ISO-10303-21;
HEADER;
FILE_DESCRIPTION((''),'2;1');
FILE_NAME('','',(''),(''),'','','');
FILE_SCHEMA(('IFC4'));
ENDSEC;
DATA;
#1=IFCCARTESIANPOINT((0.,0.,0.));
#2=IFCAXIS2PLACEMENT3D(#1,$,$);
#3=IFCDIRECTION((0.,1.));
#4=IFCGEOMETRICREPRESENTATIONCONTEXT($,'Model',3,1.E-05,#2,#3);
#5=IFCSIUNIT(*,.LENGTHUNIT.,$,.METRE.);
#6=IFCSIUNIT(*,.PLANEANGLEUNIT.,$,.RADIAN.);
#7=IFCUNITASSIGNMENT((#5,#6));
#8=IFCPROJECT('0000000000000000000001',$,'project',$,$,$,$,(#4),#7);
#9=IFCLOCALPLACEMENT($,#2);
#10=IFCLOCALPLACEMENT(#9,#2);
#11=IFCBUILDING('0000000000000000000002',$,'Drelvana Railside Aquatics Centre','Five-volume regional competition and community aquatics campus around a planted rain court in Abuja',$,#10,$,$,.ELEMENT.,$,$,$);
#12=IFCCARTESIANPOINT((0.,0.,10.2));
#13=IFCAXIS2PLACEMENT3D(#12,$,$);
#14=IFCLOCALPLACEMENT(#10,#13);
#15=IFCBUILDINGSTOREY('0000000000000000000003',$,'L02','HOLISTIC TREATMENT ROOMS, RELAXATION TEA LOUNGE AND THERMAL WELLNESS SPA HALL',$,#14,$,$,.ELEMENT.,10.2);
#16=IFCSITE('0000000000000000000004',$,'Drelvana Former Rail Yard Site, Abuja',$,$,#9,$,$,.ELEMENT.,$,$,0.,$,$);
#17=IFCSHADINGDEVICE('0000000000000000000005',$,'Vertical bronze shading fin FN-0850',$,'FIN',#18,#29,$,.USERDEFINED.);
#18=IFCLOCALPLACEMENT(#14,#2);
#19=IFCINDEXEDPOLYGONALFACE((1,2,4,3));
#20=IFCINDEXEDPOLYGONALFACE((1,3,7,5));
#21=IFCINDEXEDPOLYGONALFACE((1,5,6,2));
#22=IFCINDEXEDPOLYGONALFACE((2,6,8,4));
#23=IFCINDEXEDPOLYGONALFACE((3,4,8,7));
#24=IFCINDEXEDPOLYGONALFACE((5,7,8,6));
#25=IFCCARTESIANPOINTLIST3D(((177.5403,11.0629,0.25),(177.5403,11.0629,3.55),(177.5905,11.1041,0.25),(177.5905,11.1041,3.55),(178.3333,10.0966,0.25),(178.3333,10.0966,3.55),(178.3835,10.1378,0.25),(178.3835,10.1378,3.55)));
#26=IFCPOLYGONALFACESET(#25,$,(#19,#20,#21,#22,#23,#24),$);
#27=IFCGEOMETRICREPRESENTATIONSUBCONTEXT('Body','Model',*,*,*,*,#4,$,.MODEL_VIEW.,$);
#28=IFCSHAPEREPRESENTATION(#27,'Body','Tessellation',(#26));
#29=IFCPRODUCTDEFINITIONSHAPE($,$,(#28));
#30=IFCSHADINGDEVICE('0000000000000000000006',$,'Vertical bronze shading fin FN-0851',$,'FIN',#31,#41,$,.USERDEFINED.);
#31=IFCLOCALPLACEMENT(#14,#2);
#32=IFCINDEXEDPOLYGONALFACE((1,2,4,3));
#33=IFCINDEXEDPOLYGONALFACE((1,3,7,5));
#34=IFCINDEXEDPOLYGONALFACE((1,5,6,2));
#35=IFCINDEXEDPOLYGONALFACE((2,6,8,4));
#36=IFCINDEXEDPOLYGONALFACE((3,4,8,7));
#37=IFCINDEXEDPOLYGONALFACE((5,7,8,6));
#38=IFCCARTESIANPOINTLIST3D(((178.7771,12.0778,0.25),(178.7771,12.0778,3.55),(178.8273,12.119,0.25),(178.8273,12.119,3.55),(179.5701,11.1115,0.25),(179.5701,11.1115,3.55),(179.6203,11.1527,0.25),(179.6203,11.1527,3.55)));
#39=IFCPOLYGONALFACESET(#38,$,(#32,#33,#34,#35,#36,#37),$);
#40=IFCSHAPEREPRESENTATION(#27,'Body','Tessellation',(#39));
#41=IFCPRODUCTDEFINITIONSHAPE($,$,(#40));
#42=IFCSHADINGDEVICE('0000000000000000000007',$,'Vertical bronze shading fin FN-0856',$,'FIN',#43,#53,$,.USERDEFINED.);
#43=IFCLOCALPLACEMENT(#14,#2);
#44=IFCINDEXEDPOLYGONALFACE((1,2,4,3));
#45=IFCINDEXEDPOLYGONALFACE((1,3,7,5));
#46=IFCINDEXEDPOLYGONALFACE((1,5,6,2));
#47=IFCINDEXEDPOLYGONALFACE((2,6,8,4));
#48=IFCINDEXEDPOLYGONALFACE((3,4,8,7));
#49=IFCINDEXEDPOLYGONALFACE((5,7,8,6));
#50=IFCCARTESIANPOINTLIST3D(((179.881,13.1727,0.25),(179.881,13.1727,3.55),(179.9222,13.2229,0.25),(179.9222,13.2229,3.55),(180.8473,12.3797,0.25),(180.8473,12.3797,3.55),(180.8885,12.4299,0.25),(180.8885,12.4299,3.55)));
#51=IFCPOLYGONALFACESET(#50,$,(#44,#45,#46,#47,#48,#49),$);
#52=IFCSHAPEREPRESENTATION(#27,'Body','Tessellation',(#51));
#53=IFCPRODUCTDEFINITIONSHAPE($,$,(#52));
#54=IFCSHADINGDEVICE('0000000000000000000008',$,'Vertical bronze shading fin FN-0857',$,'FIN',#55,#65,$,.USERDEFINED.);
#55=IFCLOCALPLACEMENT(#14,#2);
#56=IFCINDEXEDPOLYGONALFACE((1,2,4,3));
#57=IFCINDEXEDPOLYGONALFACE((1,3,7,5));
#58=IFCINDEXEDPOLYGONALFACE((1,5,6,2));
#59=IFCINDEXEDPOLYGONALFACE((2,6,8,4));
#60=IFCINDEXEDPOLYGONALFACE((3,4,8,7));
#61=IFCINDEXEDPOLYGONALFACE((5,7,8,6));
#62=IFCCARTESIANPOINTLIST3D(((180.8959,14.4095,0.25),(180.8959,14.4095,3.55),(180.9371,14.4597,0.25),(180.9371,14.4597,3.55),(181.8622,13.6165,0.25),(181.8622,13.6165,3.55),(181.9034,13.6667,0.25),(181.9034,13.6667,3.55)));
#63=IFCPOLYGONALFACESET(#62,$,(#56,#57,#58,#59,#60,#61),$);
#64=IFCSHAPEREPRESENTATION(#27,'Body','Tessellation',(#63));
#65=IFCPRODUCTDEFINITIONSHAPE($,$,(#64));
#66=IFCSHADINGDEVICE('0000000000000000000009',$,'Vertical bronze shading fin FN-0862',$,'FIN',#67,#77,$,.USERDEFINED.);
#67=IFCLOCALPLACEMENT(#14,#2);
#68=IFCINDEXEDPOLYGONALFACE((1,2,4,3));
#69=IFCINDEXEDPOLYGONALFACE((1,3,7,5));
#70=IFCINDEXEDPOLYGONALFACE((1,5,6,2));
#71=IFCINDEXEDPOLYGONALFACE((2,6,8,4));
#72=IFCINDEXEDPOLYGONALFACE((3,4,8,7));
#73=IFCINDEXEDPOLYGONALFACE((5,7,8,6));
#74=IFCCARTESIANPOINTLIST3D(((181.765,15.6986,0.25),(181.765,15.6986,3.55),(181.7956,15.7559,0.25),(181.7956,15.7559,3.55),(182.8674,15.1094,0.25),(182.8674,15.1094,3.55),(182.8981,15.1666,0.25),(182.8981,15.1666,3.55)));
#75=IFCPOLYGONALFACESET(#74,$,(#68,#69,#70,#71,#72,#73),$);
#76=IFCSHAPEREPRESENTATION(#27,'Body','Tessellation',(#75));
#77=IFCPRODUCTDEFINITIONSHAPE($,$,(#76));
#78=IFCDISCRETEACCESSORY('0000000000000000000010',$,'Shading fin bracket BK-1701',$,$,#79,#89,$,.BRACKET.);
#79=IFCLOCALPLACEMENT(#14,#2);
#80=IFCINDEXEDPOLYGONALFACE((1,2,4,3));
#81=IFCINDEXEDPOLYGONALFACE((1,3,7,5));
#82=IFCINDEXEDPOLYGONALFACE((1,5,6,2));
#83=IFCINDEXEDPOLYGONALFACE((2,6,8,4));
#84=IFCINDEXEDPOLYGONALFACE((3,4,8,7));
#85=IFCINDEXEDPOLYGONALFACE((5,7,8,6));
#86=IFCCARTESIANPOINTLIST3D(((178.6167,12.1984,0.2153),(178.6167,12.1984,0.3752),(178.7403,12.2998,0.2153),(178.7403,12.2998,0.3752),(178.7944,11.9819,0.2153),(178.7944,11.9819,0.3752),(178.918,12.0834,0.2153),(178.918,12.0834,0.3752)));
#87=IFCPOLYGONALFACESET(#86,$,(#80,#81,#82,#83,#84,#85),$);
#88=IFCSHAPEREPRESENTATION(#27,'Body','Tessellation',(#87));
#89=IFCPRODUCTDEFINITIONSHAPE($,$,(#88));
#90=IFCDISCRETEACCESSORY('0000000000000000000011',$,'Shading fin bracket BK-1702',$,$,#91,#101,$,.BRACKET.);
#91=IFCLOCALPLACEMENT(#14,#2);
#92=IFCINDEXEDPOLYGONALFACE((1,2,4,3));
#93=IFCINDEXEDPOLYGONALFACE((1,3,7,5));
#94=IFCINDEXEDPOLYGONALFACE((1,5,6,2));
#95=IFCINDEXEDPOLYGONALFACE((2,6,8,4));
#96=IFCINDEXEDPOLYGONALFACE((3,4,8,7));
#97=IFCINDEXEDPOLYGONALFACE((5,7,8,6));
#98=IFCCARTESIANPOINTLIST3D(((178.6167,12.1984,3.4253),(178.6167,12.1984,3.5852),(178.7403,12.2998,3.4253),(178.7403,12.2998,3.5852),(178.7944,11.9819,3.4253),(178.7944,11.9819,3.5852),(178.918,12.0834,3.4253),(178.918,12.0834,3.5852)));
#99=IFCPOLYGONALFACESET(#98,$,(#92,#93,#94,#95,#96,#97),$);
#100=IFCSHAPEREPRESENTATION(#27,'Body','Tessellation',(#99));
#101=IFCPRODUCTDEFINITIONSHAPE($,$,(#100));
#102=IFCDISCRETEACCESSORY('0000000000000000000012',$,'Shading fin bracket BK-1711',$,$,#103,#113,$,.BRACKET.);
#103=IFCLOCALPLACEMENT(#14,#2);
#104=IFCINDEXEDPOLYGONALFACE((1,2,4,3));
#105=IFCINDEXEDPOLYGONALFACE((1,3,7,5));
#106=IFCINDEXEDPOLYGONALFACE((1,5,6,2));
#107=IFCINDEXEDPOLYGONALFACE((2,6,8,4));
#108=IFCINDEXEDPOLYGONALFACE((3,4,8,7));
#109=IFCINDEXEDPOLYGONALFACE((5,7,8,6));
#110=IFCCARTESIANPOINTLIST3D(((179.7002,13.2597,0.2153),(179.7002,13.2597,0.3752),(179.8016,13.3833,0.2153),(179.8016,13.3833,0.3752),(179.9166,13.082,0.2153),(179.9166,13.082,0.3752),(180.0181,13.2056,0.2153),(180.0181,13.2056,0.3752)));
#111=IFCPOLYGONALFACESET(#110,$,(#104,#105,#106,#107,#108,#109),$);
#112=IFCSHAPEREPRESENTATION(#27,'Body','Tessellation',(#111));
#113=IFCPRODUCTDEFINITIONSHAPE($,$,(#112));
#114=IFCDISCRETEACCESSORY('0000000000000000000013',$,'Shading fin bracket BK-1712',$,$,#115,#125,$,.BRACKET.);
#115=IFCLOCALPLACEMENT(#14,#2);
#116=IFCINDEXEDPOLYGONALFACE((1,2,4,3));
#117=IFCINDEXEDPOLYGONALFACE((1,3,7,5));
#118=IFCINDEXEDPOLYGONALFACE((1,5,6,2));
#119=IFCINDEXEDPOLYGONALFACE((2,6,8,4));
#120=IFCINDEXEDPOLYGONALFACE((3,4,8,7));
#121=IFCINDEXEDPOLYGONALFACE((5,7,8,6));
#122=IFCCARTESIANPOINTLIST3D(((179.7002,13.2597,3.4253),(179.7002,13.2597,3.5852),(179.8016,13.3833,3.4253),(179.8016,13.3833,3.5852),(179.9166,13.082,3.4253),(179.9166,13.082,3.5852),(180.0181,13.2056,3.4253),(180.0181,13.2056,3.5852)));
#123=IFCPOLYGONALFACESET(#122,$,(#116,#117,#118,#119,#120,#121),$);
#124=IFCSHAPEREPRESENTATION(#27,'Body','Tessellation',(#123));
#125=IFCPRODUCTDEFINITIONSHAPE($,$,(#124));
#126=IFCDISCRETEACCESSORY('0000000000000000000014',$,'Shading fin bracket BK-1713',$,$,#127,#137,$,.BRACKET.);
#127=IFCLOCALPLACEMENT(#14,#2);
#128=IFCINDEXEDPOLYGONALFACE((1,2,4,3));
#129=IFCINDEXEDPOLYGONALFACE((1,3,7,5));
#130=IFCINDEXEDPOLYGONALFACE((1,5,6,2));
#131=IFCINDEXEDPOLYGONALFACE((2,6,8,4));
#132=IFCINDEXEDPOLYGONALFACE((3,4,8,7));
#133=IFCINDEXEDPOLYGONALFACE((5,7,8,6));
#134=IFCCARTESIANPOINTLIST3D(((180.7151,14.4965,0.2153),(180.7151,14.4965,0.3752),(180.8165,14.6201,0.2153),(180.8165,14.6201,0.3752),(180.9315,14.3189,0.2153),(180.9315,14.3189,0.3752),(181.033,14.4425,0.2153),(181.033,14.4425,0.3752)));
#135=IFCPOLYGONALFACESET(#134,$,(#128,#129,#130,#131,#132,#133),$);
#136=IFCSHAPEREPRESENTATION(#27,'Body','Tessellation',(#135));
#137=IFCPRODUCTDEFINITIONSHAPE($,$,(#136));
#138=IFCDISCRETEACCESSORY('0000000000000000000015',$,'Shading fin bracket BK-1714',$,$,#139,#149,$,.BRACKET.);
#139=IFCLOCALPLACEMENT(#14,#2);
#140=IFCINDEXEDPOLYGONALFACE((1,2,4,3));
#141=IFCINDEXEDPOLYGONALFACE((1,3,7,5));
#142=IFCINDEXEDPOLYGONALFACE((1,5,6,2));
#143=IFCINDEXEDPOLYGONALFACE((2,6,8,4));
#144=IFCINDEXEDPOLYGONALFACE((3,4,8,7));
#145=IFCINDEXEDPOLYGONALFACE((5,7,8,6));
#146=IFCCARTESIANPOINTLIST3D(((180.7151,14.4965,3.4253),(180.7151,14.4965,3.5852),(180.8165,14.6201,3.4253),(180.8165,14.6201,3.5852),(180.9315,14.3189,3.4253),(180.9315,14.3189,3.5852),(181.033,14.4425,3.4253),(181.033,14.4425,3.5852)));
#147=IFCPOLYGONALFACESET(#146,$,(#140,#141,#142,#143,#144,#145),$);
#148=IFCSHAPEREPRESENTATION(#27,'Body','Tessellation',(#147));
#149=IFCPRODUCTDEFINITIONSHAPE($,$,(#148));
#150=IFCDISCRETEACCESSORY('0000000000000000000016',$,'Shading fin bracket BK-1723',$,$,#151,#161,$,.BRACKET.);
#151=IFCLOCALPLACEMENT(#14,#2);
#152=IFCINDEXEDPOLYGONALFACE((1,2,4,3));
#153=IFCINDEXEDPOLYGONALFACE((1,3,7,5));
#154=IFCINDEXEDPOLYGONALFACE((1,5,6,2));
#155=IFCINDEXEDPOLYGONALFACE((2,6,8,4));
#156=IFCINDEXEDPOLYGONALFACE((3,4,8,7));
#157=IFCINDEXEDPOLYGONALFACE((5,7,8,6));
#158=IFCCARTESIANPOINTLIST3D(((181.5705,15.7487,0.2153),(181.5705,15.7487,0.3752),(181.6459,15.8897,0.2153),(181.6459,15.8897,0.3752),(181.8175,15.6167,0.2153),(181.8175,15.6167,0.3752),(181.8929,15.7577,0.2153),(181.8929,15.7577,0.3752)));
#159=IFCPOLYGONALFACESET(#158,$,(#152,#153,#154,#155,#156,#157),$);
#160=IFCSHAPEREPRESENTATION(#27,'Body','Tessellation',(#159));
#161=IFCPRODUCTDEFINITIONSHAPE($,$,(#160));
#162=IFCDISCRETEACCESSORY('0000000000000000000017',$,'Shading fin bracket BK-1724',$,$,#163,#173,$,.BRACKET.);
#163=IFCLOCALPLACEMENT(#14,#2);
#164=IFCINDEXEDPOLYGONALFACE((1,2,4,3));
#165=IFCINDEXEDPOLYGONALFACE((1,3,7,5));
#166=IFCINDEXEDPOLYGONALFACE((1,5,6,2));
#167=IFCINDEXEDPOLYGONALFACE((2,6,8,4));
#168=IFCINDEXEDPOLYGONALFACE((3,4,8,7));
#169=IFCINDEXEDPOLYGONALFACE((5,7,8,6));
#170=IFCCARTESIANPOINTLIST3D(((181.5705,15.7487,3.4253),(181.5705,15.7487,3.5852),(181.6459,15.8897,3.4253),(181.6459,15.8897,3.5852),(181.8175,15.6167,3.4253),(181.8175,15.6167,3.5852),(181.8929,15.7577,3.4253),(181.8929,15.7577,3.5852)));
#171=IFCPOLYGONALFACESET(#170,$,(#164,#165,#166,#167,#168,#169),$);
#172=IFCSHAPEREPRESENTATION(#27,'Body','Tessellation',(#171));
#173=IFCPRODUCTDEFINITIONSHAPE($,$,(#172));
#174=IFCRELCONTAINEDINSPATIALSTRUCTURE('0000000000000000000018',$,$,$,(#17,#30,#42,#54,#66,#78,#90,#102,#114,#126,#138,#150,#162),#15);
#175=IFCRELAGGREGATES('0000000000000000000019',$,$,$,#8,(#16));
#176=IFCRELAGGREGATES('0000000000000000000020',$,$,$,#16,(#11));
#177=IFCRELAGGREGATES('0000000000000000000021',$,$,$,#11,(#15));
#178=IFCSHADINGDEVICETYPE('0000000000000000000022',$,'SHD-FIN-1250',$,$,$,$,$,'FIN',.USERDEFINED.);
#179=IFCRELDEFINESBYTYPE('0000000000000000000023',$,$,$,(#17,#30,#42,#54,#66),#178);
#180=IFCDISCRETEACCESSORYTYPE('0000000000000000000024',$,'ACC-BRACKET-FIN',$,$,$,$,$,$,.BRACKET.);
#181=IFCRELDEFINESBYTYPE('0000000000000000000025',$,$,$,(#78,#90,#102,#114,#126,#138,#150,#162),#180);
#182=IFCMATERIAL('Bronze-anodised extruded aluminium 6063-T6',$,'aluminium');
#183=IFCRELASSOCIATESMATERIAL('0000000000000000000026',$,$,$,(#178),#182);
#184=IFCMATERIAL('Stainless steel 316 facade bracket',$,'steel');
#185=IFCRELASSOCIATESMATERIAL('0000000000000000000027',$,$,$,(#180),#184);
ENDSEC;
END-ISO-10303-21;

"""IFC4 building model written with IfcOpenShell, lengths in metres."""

from ifc_helpers import new_model, si_unit, direction, frame, origin, origin_2d, place, context, subcontext, project, spatial, rectangle, extrude, material, type_object, element, save


model = new_model("IFC4")

# Units and contexts
model_context = context("Model", 3, precision=1e-05, world=origin(), true_north=direction((0.0, 1.0)))
body_context = subcontext(model_context, "Body", "Model", "MODEL_VIEW")
ifc_project = project(units=[si_unit("LENGTHUNIT", "METRE"), si_unit("PLANEANGLEUNIT", "RADIAN")], contexts=[model_context])

# Site, building, storey
site_placement = place(None, origin())
site = spatial("IfcSite", under=ifc_project, at=site_placement, Name="Drelvana Former Rail Yard Site, Abuja", CompositionType="ELEMENT", RefElevation=0.0)
building_placement = place(site_placement, origin())
building = spatial("IfcBuilding", under=site, at=building_placement, Name="Drelvana Railside Aquatics Centre", Description="Five-volume regional competition and community aquatics campus around a planted rain court in Abuja", CompositionType="ELEMENT")
storey_placement = place(building_placement, frame((0.0, 0.0, 10.2)))
storey = spatial("IfcBuildingStorey", under=building, at=storey_placement, Name="L02", Description="HOLISTIC TREATMENT ROOMS, RELAXATION TEA LOUNGE AND THERMAL WELLNESS SPA HALL", CompositionType="ELEMENT", Elevation=10.2)

# Shared definitions
ifc_material_1 = material(Name="Bronze-anodised extruded aluminium 6063-T6", Category="aluminium")

# Shading devices
shading_device_type = type_object("IfcShadingDeviceType", Name="SHD-FIN-1250", ElementType="FIN", PredefinedType="USERDEFINED", material=ifc_material_1)
for number, where, z_axis, x_axis, name in (
    (1, (177.9619, 10.6003, 0.25), (0.0, 0.0, 1.0), (0.634393, -0.77301, 0.0), "Vertical bronze shading fin FN-0850"),
    (2, (179.1987, 11.6152, 0.25), (0.0, 0.0, 1.0), (0.634393, -0.77301, 0.0), "Vertical bronze shading fin FN-0851"),
    (3, (180.3848, 12.8013, 0.25), (0.0, 0.0, 1.0), (0.77301, -0.634393, 0.0), "Vertical bronze shading fin FN-0856"),
    (4, (181.3997, 14.0381, 0.25), (0.0, 0.0, 1.0), (0.77301, -0.634393, 0.0), "Vertical bronze shading fin FN-0857"),
    (5, (182.3315, 15.4326, 0.25), (0.0, 0.0, 1.0), (0.881921, -0.471397, 0.0), "Vertical bronze shading fin FN-0862"),
):
    element("IfcShadingDevice", number, at=place(storey_placement, frame(where, z_axis=z_axis, x_axis=x_axis)), inside=storey, type_object=shading_device_type, Name=name, ObjectType="FIN", PredefinedType="USERDEFINED", context=body_context, shape_type="SweptSolid", body=[
        extrude(rectangle(XDim=1.25, YDim=0.0649, at=origin_2d()), origin(), (0.0, 0.0, 1.0), 3.3),
    ])

# Discrete accessories
ifc_material_2 = material(Name="Stainless steel 316 facade bracket", Category="steel")
discrete_accessory_type = type_object("IfcDiscreteAccessoryType", Name="ACC-BRACKET-FIN", PredefinedType="BRACKET", material=ifc_material_2)
for number, where, z_axis, x_axis, name in (
    (6, (178.7673, 12.1409, 0.2153), (0.0, 0.0, 1.0), (0.634393, -0.77301, 0.0), "Shading fin bracket BK-1701"),
    (7, (178.7673, 12.1409, 3.4253), (0.0, 0.0, 1.0), (0.634393, -0.77301, 0.0), "Shading fin bracket BK-1702"),
    (8, (179.8591, 13.2327, 0.2153), (0.0, 0.0, 1.0), (0.77301, -0.634393, 0.0), "Shading fin bracket BK-1711"),
    (9, (179.8591, 13.2327, 3.4253), (0.0, 0.0, 1.0), (0.77301, -0.634393, 0.0), "Shading fin bracket BK-1712"),
    (10, (180.874, 14.4695, 0.2153), (0.0, 0.0, 1.0), (0.77301, -0.634393, 0.0), "Shading fin bracket BK-1713"),
    (11, (180.874, 14.4695, 3.4253), (0.0, 0.0, 1.0), (0.77301, -0.634393, 0.0), "Shading fin bracket BK-1714"),
    (12, (181.7317, 15.7532, 0.2153), (0.0, 0.0, 1.0), (0.881921, -0.471397, 0.0), "Shading fin bracket BK-1723"),
    (13, (181.7317, 15.7532, 3.4253), (0.0, 0.0, 1.0), (0.881921, -0.471397, 0.0), "Shading fin bracket BK-1724"),
):
    element("IfcDiscreteAccessory", number, at=place(storey_placement, frame(where, z_axis=z_axis, x_axis=x_axis)), inside=storey, type_object=discrete_accessory_type, Name=name, PredefinedType="BRACKET", context=body_context, shape_type="SweptSolid", body=[
        extrude(rectangle(XDim=0.28, YDim=0.1599, at=origin_2d()), origin(), (0.0, 0.0, 1.0), 0.1599),
    ])

save(model, "model.ifc")
